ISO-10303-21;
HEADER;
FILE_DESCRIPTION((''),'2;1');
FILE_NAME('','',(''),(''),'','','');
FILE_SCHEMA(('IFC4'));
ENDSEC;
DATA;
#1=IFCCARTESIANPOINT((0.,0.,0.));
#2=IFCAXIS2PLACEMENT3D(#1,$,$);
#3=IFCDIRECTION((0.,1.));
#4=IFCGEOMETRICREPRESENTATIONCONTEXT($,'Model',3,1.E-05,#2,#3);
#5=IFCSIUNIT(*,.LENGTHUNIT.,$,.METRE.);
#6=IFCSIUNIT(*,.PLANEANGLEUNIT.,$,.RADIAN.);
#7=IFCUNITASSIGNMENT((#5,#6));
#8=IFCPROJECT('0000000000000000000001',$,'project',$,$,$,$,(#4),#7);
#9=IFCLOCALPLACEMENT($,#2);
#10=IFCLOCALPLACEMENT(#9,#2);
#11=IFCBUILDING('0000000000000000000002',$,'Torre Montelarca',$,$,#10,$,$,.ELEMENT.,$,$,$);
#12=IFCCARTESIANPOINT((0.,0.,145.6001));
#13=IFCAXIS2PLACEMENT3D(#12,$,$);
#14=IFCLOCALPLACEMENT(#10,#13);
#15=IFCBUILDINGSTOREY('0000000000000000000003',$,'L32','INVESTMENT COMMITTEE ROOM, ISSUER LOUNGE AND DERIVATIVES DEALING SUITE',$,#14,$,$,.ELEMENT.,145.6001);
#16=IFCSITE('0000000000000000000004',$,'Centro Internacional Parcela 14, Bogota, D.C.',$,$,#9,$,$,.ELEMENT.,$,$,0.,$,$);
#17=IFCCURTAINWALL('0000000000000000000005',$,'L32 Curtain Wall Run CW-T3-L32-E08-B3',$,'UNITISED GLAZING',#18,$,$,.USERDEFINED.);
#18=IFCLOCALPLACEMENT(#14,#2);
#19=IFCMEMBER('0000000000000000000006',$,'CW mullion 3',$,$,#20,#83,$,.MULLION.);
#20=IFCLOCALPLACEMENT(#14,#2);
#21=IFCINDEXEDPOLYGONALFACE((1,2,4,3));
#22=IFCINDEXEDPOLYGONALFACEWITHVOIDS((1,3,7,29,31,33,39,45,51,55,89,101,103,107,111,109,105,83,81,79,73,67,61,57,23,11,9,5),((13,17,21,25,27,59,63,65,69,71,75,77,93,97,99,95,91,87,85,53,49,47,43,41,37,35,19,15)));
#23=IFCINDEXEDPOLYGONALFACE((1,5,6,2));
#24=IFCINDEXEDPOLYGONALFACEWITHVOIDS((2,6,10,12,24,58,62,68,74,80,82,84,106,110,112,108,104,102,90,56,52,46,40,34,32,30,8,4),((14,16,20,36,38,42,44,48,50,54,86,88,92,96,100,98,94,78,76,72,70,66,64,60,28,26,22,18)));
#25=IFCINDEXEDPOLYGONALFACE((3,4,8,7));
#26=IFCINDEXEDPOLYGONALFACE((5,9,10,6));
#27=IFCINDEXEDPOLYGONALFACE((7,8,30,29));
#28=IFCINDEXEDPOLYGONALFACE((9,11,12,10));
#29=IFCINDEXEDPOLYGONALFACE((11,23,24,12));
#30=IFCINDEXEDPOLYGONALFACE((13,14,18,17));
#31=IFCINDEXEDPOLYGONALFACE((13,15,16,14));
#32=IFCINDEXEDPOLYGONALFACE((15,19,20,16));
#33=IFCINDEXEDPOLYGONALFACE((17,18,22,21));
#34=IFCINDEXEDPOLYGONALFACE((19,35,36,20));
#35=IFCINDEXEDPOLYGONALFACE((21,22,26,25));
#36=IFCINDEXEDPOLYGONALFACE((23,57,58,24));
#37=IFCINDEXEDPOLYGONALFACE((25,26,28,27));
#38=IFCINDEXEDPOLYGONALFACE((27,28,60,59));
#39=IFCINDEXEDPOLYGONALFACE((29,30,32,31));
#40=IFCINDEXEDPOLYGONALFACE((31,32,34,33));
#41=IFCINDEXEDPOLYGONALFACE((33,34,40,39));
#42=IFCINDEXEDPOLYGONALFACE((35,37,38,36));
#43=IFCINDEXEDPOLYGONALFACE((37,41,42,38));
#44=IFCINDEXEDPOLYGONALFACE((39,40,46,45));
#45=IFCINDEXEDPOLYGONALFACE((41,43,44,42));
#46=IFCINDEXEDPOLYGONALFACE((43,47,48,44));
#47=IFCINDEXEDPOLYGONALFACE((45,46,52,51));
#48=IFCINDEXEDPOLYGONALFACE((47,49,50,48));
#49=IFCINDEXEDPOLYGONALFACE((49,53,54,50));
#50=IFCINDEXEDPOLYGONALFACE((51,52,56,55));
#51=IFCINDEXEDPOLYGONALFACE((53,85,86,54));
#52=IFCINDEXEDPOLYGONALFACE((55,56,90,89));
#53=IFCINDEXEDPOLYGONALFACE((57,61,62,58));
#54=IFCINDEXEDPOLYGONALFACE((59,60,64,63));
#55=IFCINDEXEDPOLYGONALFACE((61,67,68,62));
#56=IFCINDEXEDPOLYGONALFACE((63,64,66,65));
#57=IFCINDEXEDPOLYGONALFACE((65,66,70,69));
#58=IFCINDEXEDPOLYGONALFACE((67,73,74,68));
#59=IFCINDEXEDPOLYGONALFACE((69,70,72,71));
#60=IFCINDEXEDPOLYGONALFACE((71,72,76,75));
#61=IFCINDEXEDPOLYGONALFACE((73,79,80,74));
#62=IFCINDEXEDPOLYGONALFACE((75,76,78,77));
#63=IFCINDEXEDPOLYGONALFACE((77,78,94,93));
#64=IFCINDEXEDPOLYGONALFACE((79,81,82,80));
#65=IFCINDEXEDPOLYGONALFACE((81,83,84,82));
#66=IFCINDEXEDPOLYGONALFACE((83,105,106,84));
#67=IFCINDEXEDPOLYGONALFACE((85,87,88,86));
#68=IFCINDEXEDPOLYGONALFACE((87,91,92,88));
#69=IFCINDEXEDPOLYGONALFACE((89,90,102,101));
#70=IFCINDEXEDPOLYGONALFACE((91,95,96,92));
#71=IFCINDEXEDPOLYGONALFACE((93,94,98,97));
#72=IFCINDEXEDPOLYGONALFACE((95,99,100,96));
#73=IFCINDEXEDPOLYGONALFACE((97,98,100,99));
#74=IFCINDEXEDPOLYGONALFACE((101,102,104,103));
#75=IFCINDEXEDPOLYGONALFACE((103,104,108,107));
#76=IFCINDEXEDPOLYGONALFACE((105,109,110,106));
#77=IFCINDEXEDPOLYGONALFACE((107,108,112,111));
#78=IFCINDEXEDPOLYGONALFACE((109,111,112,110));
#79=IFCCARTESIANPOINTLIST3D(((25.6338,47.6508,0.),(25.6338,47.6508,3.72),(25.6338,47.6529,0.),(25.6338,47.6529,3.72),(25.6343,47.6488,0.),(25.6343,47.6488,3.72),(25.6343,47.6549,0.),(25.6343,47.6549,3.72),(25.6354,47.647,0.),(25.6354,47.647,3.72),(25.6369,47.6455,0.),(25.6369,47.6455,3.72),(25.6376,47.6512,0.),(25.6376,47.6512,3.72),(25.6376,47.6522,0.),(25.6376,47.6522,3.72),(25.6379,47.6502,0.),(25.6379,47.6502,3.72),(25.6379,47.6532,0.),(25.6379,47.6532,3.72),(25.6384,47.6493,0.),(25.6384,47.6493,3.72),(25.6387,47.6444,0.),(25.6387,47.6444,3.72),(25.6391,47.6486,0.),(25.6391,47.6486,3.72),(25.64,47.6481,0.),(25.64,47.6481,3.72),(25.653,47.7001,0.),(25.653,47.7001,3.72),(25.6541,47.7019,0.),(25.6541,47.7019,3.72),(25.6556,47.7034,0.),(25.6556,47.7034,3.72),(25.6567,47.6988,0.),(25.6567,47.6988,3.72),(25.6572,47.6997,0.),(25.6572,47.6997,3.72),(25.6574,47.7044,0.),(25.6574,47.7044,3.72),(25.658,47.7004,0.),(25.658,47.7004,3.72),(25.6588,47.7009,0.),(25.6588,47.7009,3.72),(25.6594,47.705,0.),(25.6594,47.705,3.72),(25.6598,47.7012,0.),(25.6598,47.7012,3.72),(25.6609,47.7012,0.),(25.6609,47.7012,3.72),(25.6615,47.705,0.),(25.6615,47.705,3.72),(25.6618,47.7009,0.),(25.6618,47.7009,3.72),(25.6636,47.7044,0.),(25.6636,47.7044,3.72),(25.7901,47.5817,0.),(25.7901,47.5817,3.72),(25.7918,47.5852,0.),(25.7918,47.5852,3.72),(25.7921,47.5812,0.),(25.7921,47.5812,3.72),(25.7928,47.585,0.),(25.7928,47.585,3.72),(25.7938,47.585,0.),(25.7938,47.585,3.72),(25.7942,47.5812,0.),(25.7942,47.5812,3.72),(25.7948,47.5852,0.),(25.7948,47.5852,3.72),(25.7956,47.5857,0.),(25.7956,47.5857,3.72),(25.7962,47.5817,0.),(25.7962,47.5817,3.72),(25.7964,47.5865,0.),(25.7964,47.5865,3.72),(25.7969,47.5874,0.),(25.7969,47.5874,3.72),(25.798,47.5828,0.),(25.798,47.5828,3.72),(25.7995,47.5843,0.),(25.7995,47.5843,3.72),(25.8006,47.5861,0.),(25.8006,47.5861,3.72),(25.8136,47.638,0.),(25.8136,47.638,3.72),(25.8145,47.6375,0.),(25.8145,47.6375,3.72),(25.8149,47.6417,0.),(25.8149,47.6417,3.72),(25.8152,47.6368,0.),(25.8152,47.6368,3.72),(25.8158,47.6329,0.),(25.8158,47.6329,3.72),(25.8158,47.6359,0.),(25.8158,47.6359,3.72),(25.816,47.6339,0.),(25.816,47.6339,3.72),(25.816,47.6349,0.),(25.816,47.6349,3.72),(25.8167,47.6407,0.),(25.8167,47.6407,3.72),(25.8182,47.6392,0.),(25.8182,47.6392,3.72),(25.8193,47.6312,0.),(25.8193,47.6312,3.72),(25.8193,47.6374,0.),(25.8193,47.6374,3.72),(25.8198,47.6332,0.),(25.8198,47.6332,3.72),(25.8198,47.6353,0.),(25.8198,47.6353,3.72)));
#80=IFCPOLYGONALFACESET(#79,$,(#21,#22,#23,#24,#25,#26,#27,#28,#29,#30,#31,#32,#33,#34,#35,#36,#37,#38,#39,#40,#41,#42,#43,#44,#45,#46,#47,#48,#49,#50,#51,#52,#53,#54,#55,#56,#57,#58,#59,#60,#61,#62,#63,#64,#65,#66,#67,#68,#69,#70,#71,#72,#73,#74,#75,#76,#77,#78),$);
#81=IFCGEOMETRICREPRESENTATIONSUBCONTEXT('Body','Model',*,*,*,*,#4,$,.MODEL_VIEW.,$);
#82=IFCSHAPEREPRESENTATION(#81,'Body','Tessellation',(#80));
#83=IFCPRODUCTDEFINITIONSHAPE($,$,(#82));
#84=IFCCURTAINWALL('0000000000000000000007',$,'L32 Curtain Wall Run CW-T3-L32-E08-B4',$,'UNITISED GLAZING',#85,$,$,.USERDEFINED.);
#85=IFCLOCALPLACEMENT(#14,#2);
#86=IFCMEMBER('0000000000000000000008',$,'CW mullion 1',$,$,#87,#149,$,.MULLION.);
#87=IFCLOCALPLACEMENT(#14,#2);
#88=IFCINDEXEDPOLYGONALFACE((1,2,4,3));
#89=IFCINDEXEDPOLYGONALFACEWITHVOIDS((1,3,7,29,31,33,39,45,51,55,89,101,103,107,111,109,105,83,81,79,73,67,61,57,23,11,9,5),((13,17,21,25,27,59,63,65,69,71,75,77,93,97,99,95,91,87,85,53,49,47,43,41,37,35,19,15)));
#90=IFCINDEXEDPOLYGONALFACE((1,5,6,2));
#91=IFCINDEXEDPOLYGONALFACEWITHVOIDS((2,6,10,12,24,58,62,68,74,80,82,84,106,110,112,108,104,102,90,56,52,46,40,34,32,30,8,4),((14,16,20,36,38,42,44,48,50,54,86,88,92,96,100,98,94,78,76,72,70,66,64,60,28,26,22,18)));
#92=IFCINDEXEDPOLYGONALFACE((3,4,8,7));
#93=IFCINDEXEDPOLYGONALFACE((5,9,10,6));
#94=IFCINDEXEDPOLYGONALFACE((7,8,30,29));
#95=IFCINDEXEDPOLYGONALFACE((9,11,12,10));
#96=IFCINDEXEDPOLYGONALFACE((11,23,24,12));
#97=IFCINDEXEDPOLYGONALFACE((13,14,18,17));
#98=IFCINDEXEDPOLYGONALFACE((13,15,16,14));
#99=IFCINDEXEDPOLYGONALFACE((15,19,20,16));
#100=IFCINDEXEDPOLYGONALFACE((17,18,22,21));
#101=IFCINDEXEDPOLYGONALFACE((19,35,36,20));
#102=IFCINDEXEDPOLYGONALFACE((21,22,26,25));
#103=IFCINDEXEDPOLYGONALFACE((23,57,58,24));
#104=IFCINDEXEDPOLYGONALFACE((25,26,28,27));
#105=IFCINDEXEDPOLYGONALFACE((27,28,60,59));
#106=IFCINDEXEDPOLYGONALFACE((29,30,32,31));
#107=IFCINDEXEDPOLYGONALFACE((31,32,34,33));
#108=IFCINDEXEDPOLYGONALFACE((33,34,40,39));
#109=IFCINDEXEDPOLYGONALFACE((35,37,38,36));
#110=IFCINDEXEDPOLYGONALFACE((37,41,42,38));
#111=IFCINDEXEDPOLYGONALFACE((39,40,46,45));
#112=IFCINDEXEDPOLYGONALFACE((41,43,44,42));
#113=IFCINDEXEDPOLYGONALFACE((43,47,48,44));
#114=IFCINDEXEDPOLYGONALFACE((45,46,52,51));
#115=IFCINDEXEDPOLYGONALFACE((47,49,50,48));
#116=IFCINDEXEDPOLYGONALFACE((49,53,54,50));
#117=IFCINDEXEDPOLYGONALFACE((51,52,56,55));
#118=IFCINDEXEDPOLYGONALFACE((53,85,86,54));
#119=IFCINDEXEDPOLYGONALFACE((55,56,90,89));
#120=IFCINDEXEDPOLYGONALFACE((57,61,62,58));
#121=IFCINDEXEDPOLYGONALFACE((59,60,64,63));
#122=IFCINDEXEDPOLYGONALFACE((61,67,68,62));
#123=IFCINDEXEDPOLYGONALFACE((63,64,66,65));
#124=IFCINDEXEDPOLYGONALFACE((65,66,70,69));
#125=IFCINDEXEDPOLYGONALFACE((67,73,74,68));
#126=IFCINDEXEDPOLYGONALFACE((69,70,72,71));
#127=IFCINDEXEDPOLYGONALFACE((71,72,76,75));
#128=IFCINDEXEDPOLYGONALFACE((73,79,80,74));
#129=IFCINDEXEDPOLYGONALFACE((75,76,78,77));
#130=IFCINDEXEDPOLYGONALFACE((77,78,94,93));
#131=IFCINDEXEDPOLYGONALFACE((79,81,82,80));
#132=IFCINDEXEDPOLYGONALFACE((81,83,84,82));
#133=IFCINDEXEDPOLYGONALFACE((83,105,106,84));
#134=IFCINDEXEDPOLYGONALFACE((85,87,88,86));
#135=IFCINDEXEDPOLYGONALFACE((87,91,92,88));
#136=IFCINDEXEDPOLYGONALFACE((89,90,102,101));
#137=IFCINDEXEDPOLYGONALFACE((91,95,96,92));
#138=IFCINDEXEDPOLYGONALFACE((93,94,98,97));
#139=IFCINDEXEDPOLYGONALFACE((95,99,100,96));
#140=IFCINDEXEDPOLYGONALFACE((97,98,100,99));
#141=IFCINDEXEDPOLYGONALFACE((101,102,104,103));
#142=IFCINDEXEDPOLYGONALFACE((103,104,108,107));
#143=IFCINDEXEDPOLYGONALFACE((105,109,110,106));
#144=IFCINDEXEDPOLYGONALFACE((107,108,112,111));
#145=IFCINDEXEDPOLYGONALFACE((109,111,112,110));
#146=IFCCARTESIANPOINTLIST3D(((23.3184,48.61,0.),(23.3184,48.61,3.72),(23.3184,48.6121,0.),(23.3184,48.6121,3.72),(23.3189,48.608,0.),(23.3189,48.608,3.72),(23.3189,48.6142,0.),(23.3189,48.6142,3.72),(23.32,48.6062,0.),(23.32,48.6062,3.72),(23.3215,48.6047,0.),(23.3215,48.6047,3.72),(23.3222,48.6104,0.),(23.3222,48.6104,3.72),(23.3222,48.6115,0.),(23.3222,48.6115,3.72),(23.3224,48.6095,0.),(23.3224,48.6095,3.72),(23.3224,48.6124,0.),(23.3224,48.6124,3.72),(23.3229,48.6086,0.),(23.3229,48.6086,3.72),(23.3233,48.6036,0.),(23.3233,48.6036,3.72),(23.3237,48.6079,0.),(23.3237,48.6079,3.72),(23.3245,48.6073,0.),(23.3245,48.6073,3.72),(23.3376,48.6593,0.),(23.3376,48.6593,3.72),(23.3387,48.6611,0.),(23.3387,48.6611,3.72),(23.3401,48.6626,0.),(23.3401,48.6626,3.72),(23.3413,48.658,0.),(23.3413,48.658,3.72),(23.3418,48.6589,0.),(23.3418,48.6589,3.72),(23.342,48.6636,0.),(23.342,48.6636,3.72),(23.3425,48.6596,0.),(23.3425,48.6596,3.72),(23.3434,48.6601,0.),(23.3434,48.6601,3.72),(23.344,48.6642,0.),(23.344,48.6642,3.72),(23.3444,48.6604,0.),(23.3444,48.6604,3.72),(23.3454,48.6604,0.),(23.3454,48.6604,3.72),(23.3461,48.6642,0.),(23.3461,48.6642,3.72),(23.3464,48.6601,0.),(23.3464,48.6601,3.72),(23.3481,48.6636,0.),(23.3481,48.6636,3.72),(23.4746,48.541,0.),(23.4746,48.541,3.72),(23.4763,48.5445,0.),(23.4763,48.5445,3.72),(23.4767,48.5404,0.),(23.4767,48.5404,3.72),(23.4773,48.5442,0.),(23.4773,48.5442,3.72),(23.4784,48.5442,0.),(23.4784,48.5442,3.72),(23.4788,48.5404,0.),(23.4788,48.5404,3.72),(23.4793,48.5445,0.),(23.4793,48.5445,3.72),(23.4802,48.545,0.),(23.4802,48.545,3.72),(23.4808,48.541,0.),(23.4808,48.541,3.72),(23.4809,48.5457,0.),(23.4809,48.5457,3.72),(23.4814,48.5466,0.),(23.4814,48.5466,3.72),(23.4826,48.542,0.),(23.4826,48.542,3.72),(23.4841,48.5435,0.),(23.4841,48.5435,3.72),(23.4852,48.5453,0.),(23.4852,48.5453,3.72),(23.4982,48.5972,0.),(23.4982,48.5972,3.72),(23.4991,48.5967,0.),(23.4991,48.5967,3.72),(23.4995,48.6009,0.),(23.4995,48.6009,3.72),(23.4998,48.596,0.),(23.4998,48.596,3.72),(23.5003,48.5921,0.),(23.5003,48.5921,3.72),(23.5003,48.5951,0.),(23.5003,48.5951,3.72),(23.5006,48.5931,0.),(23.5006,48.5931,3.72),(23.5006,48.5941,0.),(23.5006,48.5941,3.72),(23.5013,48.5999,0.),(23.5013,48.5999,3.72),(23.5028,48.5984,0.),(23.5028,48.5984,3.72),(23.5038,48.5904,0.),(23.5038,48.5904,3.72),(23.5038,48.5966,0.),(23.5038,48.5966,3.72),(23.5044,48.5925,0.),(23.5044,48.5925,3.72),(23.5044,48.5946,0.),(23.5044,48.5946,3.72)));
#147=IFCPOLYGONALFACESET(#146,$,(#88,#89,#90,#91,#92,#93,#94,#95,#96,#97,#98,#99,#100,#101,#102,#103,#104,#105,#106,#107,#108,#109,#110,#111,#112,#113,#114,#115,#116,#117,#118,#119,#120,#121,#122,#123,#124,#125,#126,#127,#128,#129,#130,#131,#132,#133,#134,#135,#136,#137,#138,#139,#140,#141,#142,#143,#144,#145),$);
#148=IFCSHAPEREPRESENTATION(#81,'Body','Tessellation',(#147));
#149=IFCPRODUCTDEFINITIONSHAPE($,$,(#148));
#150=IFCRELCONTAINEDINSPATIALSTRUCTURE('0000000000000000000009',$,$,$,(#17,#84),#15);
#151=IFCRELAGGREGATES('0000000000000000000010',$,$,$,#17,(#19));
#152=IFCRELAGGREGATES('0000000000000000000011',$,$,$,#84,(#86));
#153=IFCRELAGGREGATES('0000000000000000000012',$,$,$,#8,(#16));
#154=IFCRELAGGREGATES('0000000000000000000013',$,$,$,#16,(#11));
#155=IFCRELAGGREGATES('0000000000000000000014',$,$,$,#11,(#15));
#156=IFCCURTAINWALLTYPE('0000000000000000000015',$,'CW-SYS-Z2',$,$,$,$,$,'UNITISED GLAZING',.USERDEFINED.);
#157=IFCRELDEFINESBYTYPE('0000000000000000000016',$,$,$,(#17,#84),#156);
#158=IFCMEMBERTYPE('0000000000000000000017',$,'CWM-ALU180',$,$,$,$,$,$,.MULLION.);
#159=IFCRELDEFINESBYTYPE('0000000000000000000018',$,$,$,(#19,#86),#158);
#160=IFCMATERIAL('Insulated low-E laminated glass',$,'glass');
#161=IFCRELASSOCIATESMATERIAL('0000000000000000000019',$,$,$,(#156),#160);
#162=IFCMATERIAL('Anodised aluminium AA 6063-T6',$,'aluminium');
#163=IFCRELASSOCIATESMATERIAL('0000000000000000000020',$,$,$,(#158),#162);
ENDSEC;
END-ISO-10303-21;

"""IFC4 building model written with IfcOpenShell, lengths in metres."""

from ifc_helpers import new_model, si_unit, direction, frame, origin, origin_2d, place, context, subcontext, project, spatial, hollow_rectangle, extrude, source, transform, mapped, material, material_profile, profile_set, type_object, element, aggregate, save


model = new_model("IFC4")

# Units and contexts
model_context = context("Model", 3, precision=1e-05, world=origin(), true_north=direction((0.0, 1.0)))
body_context = subcontext(model_context, "Body", "Model", "MODEL_VIEW")
ifc_project = project(units=[si_unit("LENGTHUNIT", "METRE"), si_unit("PLANEANGLEUNIT", "RADIAN")], contexts=[model_context])

# Site, building, storey
site_placement = place(None, origin())
site = spatial("IfcSite", under=ifc_project, at=site_placement, Name="Centro Internacional Parcela 14, Bogota, D.C.", CompositionType="ELEMENT", RefElevation=0.0)
building_placement = place(site_placement, origin())
building = spatial("IfcBuilding", under=site, at=building_placement, Name="Torre Montelarca", CompositionType="ELEMENT")
storey_placement = place(building_placement, frame((0.0, 0.0, 145.6001)))
storey = spatial("IfcBuildingStorey", under=building, at=storey_placement, Name="L32", Description="INVESTMENT COMMITTEE ROOM, ISSUER LOUNGE AND DERIVATIVES DEALING SUITE", CompositionType="ELEMENT", Elevation=145.6001)

# Curtain wall, member
ifc_material_1 = material(Name="Insulated low-E laminated glass", Category="glass")
curtain_wall_type = type_object("IfcCurtainWallType", Name="CW-SYS-Z2", ElementType="UNITISED GLAZING", PredefinedType="USERDEFINED", material=ifc_material_1)
ifc_material_2 = material(Name="Anodised aluminium AA 6063-T6", Category="aluminium")
ifc_material_profile_1 = material_profile(ifc_material_2, hollow_rectangle(XDim=0.0649, YDim=0.1799, WallThickness=0.0039, InnerFilletRadius=0.0039, OuterFilletRadius=0.0081, at=origin_2d()), Name="ALU65X180X4", Category="aluminium")
ifc_profile_set_1 = profile_set([ifc_material_profile_1], Name="Anodised aluminium AA 6063-T6")
member_type_1 = type_object("IfcMemberType", Name="CWM-ALU180", PredefinedType="MULLION", material=ifc_profile_set_1)
shared_shape_1 = source(origin(), body_context, "Body", "SweptSolid", [
    extrude(hollow_rectangle(XDim=0.0649, YDim=0.1799, WallThickness=0.0039, InnerFilletRadius=0.0039, OuterFilletRadius=0.0081, at=origin_2d()), origin(), (0.0, 0.0, 1.0), 3.72),
])
curtain_wall_1_placement = place(storey_placement, origin())
curtain_wall_1 = element("IfcCurtainWall", 1, at=curtain_wall_1_placement, inside=storey, type_object=curtain_wall_type, Name="L32 Curtain Wall Run CW-T3-L32-E08-B3", ObjectType="UNITISED GLAZING", PredefinedType="USERDEFINED")
member_1_placement = place(storey_placement, frame((25.7268, 47.6431, 0.0), z_axis=(0.0, 0.0, 1.0), x_axis=(-0.38268, -0.923881, 0.0)))
member_1 = element("IfcMember", 2, at=member_1_placement, type_object=member_type_1, Name="CW mullion 3", PredefinedType="MULLION", context=body_context, shape_type="MappedRepresentation", body=[
    mapped(shared_shape_1, transform((0.0, 0.0, 0.0), scale=1.0)),
])

# Curtain wall, member
curtain_wall_2_placement = place(storey_placement, origin())
curtain_wall_2 = element("IfcCurtainWall", 3, at=curtain_wall_2_placement, inside=storey, type_object=curtain_wall_type, Name="L32 Curtain Wall Run CW-T3-L32-E08-B4", ObjectType="UNITISED GLAZING", PredefinedType="USERDEFINED")
member_2_placement = place(storey_placement, frame((23.4114, 48.6023, 0.0), z_axis=(0.0, 0.0, 1.0), x_axis=(-0.382684, -0.923879, 0.0)))
member_2 = element("IfcMember", 4, at=member_2_placement, type_object=member_type_1, Name="CW mullion 1", PredefinedType="MULLION", context=body_context, shape_type="MappedRepresentation", body=[
    mapped(shared_shape_1, transform((0.0, 0.0, 0.0), scale=1.0)),
])

aggregate(curtain_wall_1, [member_1])
aggregate(curtain_wall_2, [member_2])

save(model, "model.ifc")
